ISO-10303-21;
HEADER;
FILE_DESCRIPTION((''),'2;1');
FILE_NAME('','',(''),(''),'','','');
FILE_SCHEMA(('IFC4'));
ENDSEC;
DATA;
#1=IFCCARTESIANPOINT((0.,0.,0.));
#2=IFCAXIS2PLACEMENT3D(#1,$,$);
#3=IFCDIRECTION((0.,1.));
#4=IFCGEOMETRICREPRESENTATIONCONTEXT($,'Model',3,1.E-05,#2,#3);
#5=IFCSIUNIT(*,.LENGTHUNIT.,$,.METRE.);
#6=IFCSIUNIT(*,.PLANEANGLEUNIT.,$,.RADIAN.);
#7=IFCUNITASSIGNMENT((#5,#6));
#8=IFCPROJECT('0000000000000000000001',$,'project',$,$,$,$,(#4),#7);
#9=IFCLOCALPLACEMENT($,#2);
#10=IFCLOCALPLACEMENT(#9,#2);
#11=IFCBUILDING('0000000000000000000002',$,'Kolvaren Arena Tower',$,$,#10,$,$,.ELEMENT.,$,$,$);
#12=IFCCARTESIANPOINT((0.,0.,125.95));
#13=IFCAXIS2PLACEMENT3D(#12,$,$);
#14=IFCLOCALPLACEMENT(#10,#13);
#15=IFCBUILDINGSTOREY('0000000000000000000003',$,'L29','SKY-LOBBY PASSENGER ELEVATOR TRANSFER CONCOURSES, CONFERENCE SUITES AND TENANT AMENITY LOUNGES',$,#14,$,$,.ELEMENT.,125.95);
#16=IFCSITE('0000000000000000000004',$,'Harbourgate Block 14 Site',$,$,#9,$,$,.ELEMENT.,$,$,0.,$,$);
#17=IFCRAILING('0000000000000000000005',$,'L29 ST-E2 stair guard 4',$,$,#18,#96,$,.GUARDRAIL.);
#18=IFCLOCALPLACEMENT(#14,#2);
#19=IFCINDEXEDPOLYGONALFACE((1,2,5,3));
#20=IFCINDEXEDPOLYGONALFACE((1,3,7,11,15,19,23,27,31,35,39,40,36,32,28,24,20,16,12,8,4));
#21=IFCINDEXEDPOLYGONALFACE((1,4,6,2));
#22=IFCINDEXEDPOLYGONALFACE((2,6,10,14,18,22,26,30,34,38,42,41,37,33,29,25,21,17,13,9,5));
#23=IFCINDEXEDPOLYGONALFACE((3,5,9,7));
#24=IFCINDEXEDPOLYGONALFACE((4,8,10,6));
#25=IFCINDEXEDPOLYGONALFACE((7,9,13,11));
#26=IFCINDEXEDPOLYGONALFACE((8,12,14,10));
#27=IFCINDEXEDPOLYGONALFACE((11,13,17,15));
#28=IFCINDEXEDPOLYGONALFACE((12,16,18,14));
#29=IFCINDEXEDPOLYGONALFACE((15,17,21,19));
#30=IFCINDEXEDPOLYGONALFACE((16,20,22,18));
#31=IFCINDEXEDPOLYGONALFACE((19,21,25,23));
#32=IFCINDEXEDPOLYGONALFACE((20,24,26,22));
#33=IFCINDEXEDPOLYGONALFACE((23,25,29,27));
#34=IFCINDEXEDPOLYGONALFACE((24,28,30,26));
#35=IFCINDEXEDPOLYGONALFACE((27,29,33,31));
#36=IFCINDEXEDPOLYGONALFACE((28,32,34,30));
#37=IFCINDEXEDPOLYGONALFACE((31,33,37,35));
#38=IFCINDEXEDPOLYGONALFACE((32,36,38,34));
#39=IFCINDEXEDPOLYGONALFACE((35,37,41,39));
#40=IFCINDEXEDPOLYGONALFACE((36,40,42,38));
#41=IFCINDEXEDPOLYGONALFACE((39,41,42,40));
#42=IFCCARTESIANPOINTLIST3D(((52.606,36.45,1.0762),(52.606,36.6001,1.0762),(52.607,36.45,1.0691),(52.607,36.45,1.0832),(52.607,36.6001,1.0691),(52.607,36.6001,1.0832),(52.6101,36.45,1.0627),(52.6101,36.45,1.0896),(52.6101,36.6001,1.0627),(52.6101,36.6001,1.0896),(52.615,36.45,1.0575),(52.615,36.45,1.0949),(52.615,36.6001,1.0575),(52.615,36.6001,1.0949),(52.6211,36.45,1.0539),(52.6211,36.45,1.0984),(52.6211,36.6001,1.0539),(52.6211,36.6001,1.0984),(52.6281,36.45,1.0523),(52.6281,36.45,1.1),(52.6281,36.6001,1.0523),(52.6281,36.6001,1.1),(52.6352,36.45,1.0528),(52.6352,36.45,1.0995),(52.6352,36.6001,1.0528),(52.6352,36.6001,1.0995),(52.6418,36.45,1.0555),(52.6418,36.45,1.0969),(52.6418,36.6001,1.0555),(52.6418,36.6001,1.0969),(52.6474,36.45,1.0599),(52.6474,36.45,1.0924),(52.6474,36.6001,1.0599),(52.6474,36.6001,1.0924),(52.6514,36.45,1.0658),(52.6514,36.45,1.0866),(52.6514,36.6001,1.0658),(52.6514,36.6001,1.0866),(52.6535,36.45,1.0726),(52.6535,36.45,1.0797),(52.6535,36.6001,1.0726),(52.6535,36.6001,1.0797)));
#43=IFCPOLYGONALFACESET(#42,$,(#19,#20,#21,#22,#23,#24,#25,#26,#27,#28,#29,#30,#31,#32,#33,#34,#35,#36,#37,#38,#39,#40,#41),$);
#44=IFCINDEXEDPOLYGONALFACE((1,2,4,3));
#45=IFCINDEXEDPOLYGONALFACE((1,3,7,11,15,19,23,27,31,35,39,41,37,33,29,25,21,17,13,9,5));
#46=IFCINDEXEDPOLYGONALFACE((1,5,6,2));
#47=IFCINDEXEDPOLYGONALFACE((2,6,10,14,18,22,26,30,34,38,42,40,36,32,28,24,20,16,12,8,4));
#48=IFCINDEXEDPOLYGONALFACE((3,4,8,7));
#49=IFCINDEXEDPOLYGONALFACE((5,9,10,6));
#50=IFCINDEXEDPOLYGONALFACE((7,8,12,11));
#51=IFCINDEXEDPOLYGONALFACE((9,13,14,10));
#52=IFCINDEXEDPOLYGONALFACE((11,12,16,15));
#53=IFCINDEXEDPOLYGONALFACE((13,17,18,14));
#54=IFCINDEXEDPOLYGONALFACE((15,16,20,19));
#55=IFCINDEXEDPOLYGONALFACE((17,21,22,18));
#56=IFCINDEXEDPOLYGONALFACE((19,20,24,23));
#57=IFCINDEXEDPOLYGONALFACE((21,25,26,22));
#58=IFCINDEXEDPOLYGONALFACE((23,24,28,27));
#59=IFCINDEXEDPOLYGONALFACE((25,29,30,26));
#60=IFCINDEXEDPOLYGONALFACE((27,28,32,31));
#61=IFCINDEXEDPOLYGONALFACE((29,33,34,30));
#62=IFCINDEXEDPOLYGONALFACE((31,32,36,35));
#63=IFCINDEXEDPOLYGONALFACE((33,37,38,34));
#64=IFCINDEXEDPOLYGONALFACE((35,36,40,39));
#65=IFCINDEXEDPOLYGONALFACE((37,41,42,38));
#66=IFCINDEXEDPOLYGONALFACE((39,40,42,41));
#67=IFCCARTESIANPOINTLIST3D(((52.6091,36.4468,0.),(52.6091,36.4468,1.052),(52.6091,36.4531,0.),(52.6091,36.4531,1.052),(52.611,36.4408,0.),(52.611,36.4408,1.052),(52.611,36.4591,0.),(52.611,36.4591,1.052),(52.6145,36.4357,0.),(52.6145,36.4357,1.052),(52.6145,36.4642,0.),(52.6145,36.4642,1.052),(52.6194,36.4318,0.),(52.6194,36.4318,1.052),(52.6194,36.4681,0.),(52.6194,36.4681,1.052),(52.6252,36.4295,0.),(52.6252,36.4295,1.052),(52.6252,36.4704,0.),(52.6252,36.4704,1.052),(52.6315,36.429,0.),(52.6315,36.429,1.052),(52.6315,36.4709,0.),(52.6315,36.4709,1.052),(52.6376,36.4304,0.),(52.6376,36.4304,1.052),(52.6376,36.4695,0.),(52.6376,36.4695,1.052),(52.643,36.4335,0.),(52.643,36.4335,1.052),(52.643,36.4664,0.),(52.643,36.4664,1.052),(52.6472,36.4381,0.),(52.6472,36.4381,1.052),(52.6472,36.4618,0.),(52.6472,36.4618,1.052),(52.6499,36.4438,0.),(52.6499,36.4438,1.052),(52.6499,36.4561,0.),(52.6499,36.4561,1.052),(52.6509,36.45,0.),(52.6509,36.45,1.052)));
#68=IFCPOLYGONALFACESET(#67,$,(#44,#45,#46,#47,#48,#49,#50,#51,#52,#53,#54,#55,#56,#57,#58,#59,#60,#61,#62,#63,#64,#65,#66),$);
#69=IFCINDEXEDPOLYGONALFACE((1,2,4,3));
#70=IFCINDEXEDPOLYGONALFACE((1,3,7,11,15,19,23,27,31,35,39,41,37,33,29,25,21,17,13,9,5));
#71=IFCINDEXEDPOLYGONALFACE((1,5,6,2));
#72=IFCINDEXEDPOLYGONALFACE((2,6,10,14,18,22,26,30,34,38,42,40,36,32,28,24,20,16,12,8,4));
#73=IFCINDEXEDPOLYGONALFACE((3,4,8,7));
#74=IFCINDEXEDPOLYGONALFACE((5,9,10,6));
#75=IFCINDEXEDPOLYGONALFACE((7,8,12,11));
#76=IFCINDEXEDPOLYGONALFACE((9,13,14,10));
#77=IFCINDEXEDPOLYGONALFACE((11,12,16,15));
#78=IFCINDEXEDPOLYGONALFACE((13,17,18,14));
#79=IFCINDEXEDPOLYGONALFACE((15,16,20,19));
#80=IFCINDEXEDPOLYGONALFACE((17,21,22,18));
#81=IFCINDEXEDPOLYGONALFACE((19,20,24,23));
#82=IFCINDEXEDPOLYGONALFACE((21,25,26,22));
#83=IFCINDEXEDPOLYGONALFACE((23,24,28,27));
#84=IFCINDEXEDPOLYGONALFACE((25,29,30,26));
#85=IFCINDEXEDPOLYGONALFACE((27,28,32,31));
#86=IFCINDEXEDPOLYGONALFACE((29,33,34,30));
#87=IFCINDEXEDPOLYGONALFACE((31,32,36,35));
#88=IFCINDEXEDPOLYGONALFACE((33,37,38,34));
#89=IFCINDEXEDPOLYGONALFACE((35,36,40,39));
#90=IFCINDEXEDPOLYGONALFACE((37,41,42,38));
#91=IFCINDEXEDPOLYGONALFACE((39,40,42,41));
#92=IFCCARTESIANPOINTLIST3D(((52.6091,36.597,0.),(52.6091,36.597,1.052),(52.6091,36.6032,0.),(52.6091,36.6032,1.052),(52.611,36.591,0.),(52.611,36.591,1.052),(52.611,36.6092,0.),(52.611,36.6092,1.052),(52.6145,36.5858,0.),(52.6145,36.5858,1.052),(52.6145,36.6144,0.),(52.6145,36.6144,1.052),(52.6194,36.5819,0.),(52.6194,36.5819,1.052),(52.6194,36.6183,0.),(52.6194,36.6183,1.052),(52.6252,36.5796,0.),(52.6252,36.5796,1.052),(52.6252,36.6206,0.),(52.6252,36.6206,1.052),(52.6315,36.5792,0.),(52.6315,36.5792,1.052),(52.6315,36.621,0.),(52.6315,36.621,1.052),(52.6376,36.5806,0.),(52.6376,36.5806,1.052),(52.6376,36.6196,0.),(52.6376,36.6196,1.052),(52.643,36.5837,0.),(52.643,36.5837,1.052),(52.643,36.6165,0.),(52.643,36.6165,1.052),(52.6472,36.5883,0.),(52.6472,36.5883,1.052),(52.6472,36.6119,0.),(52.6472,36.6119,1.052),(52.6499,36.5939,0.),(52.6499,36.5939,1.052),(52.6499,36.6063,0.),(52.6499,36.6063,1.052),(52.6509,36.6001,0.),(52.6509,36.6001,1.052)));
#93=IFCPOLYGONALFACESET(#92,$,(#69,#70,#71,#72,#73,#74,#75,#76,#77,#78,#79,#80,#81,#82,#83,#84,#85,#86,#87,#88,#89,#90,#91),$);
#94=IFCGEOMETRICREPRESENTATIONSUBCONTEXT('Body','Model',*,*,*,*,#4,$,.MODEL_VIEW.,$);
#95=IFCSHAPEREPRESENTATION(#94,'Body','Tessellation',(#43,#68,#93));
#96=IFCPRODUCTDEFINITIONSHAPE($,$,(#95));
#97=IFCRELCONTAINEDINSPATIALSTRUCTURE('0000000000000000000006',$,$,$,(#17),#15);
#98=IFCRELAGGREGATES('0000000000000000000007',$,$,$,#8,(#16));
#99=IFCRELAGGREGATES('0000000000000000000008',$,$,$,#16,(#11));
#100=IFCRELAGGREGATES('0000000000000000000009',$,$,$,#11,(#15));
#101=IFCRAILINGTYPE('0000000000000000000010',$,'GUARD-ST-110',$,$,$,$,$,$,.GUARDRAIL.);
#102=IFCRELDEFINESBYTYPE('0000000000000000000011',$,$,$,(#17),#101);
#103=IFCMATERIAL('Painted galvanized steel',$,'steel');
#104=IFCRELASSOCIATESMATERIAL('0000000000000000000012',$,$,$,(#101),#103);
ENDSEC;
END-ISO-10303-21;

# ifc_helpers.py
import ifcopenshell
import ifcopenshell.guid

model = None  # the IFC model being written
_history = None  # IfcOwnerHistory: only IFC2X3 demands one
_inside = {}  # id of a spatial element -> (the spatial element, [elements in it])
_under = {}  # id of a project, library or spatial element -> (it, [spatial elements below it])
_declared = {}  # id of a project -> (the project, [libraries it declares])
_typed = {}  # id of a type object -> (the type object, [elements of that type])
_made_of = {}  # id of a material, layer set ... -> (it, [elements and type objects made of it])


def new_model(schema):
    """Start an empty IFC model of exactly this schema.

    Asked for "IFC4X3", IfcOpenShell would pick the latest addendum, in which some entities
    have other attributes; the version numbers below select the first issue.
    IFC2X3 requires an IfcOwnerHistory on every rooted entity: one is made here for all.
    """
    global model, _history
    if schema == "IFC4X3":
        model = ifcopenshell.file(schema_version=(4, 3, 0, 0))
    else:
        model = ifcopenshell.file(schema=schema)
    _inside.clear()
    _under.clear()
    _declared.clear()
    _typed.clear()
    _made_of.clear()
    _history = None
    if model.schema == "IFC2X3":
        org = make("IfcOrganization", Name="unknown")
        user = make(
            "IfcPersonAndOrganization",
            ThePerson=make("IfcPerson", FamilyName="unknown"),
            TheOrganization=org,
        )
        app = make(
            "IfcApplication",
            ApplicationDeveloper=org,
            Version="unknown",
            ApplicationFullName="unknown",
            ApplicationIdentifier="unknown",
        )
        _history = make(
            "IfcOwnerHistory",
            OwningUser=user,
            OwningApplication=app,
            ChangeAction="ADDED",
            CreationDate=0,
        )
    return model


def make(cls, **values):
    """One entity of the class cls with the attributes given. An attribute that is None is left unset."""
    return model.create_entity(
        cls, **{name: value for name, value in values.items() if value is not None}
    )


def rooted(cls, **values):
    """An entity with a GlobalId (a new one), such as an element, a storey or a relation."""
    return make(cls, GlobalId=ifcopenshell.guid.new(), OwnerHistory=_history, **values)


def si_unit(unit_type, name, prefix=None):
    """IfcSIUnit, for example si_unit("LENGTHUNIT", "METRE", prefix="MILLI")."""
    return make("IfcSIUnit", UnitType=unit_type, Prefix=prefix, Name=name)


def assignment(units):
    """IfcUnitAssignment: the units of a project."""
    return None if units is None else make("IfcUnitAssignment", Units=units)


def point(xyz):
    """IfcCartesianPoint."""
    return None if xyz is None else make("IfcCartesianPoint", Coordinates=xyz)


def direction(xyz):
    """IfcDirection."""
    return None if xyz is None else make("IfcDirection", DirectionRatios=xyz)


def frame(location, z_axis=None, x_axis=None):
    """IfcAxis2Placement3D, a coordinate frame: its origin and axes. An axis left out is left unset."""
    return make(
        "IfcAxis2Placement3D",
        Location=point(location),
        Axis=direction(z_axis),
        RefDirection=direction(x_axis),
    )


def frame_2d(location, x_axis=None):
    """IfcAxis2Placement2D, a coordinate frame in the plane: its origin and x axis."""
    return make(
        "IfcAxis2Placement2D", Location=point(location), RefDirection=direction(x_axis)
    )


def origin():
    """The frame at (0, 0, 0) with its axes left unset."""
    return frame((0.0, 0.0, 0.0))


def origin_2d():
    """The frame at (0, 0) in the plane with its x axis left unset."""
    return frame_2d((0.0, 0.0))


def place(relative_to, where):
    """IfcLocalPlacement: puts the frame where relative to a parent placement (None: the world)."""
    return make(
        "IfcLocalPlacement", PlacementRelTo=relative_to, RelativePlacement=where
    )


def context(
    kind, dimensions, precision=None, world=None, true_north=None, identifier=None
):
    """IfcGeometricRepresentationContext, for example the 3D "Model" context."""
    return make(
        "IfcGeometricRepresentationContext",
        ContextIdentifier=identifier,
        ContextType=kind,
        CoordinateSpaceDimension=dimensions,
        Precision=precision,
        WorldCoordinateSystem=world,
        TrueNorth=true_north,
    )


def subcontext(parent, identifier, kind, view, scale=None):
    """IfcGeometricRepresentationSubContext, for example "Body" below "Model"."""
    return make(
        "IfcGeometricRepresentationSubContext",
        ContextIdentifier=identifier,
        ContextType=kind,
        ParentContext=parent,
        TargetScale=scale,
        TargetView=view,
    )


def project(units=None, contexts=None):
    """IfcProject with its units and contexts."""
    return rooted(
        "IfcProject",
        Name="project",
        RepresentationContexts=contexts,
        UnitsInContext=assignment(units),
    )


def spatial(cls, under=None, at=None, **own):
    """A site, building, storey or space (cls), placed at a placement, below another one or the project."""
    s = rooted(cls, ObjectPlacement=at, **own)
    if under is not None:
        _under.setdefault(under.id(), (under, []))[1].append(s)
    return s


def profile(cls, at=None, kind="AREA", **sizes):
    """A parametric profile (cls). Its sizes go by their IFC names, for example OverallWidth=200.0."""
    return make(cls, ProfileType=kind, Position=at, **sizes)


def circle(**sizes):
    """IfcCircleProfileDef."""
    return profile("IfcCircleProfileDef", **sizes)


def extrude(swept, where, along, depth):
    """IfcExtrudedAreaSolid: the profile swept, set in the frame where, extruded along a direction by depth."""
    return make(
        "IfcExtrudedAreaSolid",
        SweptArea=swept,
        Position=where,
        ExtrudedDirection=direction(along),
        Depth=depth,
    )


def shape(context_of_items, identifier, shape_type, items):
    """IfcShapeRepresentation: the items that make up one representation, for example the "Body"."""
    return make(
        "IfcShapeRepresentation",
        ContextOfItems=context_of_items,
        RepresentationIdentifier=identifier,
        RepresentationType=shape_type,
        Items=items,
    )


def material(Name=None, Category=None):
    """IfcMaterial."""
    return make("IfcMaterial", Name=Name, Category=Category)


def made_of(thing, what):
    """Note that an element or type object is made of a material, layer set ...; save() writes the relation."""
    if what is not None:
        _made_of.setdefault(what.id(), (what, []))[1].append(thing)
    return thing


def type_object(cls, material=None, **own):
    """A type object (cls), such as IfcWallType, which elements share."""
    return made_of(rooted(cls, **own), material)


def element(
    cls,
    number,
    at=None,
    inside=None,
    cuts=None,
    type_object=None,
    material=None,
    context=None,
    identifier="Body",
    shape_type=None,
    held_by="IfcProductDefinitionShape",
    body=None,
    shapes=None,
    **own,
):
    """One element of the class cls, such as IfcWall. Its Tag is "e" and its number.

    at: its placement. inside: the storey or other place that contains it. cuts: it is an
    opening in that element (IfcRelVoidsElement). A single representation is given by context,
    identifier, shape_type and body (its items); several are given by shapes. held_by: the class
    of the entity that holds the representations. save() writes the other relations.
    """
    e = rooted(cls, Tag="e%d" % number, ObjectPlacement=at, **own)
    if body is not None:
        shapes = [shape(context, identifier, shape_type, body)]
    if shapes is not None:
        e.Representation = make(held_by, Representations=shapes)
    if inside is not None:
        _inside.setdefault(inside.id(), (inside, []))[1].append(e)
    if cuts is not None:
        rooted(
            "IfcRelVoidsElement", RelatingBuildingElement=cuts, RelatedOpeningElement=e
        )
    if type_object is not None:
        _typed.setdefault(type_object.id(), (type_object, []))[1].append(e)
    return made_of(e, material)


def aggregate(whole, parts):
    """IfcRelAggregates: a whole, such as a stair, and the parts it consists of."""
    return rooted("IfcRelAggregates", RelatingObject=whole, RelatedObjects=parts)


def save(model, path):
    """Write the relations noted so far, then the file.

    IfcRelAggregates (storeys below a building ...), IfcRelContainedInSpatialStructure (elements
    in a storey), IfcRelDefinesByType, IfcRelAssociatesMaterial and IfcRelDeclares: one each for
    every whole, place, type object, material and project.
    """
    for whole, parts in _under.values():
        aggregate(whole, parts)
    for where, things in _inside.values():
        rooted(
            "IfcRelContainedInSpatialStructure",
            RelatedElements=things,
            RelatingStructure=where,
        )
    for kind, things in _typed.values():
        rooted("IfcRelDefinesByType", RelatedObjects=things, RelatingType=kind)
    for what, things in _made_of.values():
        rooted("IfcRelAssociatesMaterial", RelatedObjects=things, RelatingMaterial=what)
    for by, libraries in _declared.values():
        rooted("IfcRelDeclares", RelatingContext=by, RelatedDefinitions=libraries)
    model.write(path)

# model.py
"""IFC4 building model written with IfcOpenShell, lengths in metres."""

from ifc_helpers import new_model, si_unit, direction, frame, origin, origin_2d, place, context, subcontext, project, spatial, circle, extrude, material, type_object, element, save


model = new_model("IFC4")

# Units and contexts
model_context = context("Model", 3, precision=1e-05, world=origin(), true_north=direction((0.0, 1.0)))
body_context = subcontext(model_context, "Body", "Model", "MODEL_VIEW")
ifc_project = project(units=[si_unit("LENGTHUNIT", "METRE"), si_unit("PLANEANGLEUNIT", "RADIAN")], contexts=[model_context])

# Site, building, storey
site_placement = place(None, origin())
site = spatial("IfcSite", under=ifc_project, at=site_placement, Name="Harbourgate Block 14 Site", CompositionType="ELEMENT", RefElevation=0.0)
building_placement = place(site_placement, origin())
building = spatial("IfcBuilding", under=site, at=building_placement, Name="Kolvaren Arena Tower", CompositionType="ELEMENT")
storey_placement = place(building_placement, frame((0.0, 0.0, 125.95)))
storey = spatial("IfcBuildingStorey", under=building, at=storey_placement, Name="L29", Description="SKY-LOBBY PASSENGER ELEVATOR TRANSFER CONCOURSES, CONFERENCE SUITES AND TENANT AMENITY LOUNGES", CompositionType="ELEMENT", Elevation=125.95)

# Railing
ifc_material_1 = material(Name="Painted galvanized steel", Category="steel")
railing_type_1 = type_object("IfcRailingType", Name="GUARD-ST-110", PredefinedType="GUARDRAIL", material=ifc_material_1)
railing_1_placement = place(storey_placement, frame((52.6299, 36.45, 0.0)))
element("IfcRailing", 1, at=railing_1_placement, inside=storey, type_object=railing_type_1, Name="L29 ST-E2 stair guard 4", PredefinedType="GUARDRAIL", context=body_context, shape_type="SweptSolid", body=[
    extrude(circle(Radius=0.0239, at=origin_2d()), frame((0.0, 0.0, 1.0762), z_axis=(0.0, 1.0, 0.0), x_axis=(-1.0, 0.0, 0.0)), (0.0, 0.0, 1.0), 0.1501),
    extrude(circle(Radius=0.021, at=origin_2d()), origin(), (0.0, 0.0, 1.0), 1.052),
    extrude(circle(Radius=0.021, at=origin_2d()), frame((0.0, 0.1501, 0.0)), (0.0, 0.0, 1.0), 1.052),
])

save(model, "model.ifc")
